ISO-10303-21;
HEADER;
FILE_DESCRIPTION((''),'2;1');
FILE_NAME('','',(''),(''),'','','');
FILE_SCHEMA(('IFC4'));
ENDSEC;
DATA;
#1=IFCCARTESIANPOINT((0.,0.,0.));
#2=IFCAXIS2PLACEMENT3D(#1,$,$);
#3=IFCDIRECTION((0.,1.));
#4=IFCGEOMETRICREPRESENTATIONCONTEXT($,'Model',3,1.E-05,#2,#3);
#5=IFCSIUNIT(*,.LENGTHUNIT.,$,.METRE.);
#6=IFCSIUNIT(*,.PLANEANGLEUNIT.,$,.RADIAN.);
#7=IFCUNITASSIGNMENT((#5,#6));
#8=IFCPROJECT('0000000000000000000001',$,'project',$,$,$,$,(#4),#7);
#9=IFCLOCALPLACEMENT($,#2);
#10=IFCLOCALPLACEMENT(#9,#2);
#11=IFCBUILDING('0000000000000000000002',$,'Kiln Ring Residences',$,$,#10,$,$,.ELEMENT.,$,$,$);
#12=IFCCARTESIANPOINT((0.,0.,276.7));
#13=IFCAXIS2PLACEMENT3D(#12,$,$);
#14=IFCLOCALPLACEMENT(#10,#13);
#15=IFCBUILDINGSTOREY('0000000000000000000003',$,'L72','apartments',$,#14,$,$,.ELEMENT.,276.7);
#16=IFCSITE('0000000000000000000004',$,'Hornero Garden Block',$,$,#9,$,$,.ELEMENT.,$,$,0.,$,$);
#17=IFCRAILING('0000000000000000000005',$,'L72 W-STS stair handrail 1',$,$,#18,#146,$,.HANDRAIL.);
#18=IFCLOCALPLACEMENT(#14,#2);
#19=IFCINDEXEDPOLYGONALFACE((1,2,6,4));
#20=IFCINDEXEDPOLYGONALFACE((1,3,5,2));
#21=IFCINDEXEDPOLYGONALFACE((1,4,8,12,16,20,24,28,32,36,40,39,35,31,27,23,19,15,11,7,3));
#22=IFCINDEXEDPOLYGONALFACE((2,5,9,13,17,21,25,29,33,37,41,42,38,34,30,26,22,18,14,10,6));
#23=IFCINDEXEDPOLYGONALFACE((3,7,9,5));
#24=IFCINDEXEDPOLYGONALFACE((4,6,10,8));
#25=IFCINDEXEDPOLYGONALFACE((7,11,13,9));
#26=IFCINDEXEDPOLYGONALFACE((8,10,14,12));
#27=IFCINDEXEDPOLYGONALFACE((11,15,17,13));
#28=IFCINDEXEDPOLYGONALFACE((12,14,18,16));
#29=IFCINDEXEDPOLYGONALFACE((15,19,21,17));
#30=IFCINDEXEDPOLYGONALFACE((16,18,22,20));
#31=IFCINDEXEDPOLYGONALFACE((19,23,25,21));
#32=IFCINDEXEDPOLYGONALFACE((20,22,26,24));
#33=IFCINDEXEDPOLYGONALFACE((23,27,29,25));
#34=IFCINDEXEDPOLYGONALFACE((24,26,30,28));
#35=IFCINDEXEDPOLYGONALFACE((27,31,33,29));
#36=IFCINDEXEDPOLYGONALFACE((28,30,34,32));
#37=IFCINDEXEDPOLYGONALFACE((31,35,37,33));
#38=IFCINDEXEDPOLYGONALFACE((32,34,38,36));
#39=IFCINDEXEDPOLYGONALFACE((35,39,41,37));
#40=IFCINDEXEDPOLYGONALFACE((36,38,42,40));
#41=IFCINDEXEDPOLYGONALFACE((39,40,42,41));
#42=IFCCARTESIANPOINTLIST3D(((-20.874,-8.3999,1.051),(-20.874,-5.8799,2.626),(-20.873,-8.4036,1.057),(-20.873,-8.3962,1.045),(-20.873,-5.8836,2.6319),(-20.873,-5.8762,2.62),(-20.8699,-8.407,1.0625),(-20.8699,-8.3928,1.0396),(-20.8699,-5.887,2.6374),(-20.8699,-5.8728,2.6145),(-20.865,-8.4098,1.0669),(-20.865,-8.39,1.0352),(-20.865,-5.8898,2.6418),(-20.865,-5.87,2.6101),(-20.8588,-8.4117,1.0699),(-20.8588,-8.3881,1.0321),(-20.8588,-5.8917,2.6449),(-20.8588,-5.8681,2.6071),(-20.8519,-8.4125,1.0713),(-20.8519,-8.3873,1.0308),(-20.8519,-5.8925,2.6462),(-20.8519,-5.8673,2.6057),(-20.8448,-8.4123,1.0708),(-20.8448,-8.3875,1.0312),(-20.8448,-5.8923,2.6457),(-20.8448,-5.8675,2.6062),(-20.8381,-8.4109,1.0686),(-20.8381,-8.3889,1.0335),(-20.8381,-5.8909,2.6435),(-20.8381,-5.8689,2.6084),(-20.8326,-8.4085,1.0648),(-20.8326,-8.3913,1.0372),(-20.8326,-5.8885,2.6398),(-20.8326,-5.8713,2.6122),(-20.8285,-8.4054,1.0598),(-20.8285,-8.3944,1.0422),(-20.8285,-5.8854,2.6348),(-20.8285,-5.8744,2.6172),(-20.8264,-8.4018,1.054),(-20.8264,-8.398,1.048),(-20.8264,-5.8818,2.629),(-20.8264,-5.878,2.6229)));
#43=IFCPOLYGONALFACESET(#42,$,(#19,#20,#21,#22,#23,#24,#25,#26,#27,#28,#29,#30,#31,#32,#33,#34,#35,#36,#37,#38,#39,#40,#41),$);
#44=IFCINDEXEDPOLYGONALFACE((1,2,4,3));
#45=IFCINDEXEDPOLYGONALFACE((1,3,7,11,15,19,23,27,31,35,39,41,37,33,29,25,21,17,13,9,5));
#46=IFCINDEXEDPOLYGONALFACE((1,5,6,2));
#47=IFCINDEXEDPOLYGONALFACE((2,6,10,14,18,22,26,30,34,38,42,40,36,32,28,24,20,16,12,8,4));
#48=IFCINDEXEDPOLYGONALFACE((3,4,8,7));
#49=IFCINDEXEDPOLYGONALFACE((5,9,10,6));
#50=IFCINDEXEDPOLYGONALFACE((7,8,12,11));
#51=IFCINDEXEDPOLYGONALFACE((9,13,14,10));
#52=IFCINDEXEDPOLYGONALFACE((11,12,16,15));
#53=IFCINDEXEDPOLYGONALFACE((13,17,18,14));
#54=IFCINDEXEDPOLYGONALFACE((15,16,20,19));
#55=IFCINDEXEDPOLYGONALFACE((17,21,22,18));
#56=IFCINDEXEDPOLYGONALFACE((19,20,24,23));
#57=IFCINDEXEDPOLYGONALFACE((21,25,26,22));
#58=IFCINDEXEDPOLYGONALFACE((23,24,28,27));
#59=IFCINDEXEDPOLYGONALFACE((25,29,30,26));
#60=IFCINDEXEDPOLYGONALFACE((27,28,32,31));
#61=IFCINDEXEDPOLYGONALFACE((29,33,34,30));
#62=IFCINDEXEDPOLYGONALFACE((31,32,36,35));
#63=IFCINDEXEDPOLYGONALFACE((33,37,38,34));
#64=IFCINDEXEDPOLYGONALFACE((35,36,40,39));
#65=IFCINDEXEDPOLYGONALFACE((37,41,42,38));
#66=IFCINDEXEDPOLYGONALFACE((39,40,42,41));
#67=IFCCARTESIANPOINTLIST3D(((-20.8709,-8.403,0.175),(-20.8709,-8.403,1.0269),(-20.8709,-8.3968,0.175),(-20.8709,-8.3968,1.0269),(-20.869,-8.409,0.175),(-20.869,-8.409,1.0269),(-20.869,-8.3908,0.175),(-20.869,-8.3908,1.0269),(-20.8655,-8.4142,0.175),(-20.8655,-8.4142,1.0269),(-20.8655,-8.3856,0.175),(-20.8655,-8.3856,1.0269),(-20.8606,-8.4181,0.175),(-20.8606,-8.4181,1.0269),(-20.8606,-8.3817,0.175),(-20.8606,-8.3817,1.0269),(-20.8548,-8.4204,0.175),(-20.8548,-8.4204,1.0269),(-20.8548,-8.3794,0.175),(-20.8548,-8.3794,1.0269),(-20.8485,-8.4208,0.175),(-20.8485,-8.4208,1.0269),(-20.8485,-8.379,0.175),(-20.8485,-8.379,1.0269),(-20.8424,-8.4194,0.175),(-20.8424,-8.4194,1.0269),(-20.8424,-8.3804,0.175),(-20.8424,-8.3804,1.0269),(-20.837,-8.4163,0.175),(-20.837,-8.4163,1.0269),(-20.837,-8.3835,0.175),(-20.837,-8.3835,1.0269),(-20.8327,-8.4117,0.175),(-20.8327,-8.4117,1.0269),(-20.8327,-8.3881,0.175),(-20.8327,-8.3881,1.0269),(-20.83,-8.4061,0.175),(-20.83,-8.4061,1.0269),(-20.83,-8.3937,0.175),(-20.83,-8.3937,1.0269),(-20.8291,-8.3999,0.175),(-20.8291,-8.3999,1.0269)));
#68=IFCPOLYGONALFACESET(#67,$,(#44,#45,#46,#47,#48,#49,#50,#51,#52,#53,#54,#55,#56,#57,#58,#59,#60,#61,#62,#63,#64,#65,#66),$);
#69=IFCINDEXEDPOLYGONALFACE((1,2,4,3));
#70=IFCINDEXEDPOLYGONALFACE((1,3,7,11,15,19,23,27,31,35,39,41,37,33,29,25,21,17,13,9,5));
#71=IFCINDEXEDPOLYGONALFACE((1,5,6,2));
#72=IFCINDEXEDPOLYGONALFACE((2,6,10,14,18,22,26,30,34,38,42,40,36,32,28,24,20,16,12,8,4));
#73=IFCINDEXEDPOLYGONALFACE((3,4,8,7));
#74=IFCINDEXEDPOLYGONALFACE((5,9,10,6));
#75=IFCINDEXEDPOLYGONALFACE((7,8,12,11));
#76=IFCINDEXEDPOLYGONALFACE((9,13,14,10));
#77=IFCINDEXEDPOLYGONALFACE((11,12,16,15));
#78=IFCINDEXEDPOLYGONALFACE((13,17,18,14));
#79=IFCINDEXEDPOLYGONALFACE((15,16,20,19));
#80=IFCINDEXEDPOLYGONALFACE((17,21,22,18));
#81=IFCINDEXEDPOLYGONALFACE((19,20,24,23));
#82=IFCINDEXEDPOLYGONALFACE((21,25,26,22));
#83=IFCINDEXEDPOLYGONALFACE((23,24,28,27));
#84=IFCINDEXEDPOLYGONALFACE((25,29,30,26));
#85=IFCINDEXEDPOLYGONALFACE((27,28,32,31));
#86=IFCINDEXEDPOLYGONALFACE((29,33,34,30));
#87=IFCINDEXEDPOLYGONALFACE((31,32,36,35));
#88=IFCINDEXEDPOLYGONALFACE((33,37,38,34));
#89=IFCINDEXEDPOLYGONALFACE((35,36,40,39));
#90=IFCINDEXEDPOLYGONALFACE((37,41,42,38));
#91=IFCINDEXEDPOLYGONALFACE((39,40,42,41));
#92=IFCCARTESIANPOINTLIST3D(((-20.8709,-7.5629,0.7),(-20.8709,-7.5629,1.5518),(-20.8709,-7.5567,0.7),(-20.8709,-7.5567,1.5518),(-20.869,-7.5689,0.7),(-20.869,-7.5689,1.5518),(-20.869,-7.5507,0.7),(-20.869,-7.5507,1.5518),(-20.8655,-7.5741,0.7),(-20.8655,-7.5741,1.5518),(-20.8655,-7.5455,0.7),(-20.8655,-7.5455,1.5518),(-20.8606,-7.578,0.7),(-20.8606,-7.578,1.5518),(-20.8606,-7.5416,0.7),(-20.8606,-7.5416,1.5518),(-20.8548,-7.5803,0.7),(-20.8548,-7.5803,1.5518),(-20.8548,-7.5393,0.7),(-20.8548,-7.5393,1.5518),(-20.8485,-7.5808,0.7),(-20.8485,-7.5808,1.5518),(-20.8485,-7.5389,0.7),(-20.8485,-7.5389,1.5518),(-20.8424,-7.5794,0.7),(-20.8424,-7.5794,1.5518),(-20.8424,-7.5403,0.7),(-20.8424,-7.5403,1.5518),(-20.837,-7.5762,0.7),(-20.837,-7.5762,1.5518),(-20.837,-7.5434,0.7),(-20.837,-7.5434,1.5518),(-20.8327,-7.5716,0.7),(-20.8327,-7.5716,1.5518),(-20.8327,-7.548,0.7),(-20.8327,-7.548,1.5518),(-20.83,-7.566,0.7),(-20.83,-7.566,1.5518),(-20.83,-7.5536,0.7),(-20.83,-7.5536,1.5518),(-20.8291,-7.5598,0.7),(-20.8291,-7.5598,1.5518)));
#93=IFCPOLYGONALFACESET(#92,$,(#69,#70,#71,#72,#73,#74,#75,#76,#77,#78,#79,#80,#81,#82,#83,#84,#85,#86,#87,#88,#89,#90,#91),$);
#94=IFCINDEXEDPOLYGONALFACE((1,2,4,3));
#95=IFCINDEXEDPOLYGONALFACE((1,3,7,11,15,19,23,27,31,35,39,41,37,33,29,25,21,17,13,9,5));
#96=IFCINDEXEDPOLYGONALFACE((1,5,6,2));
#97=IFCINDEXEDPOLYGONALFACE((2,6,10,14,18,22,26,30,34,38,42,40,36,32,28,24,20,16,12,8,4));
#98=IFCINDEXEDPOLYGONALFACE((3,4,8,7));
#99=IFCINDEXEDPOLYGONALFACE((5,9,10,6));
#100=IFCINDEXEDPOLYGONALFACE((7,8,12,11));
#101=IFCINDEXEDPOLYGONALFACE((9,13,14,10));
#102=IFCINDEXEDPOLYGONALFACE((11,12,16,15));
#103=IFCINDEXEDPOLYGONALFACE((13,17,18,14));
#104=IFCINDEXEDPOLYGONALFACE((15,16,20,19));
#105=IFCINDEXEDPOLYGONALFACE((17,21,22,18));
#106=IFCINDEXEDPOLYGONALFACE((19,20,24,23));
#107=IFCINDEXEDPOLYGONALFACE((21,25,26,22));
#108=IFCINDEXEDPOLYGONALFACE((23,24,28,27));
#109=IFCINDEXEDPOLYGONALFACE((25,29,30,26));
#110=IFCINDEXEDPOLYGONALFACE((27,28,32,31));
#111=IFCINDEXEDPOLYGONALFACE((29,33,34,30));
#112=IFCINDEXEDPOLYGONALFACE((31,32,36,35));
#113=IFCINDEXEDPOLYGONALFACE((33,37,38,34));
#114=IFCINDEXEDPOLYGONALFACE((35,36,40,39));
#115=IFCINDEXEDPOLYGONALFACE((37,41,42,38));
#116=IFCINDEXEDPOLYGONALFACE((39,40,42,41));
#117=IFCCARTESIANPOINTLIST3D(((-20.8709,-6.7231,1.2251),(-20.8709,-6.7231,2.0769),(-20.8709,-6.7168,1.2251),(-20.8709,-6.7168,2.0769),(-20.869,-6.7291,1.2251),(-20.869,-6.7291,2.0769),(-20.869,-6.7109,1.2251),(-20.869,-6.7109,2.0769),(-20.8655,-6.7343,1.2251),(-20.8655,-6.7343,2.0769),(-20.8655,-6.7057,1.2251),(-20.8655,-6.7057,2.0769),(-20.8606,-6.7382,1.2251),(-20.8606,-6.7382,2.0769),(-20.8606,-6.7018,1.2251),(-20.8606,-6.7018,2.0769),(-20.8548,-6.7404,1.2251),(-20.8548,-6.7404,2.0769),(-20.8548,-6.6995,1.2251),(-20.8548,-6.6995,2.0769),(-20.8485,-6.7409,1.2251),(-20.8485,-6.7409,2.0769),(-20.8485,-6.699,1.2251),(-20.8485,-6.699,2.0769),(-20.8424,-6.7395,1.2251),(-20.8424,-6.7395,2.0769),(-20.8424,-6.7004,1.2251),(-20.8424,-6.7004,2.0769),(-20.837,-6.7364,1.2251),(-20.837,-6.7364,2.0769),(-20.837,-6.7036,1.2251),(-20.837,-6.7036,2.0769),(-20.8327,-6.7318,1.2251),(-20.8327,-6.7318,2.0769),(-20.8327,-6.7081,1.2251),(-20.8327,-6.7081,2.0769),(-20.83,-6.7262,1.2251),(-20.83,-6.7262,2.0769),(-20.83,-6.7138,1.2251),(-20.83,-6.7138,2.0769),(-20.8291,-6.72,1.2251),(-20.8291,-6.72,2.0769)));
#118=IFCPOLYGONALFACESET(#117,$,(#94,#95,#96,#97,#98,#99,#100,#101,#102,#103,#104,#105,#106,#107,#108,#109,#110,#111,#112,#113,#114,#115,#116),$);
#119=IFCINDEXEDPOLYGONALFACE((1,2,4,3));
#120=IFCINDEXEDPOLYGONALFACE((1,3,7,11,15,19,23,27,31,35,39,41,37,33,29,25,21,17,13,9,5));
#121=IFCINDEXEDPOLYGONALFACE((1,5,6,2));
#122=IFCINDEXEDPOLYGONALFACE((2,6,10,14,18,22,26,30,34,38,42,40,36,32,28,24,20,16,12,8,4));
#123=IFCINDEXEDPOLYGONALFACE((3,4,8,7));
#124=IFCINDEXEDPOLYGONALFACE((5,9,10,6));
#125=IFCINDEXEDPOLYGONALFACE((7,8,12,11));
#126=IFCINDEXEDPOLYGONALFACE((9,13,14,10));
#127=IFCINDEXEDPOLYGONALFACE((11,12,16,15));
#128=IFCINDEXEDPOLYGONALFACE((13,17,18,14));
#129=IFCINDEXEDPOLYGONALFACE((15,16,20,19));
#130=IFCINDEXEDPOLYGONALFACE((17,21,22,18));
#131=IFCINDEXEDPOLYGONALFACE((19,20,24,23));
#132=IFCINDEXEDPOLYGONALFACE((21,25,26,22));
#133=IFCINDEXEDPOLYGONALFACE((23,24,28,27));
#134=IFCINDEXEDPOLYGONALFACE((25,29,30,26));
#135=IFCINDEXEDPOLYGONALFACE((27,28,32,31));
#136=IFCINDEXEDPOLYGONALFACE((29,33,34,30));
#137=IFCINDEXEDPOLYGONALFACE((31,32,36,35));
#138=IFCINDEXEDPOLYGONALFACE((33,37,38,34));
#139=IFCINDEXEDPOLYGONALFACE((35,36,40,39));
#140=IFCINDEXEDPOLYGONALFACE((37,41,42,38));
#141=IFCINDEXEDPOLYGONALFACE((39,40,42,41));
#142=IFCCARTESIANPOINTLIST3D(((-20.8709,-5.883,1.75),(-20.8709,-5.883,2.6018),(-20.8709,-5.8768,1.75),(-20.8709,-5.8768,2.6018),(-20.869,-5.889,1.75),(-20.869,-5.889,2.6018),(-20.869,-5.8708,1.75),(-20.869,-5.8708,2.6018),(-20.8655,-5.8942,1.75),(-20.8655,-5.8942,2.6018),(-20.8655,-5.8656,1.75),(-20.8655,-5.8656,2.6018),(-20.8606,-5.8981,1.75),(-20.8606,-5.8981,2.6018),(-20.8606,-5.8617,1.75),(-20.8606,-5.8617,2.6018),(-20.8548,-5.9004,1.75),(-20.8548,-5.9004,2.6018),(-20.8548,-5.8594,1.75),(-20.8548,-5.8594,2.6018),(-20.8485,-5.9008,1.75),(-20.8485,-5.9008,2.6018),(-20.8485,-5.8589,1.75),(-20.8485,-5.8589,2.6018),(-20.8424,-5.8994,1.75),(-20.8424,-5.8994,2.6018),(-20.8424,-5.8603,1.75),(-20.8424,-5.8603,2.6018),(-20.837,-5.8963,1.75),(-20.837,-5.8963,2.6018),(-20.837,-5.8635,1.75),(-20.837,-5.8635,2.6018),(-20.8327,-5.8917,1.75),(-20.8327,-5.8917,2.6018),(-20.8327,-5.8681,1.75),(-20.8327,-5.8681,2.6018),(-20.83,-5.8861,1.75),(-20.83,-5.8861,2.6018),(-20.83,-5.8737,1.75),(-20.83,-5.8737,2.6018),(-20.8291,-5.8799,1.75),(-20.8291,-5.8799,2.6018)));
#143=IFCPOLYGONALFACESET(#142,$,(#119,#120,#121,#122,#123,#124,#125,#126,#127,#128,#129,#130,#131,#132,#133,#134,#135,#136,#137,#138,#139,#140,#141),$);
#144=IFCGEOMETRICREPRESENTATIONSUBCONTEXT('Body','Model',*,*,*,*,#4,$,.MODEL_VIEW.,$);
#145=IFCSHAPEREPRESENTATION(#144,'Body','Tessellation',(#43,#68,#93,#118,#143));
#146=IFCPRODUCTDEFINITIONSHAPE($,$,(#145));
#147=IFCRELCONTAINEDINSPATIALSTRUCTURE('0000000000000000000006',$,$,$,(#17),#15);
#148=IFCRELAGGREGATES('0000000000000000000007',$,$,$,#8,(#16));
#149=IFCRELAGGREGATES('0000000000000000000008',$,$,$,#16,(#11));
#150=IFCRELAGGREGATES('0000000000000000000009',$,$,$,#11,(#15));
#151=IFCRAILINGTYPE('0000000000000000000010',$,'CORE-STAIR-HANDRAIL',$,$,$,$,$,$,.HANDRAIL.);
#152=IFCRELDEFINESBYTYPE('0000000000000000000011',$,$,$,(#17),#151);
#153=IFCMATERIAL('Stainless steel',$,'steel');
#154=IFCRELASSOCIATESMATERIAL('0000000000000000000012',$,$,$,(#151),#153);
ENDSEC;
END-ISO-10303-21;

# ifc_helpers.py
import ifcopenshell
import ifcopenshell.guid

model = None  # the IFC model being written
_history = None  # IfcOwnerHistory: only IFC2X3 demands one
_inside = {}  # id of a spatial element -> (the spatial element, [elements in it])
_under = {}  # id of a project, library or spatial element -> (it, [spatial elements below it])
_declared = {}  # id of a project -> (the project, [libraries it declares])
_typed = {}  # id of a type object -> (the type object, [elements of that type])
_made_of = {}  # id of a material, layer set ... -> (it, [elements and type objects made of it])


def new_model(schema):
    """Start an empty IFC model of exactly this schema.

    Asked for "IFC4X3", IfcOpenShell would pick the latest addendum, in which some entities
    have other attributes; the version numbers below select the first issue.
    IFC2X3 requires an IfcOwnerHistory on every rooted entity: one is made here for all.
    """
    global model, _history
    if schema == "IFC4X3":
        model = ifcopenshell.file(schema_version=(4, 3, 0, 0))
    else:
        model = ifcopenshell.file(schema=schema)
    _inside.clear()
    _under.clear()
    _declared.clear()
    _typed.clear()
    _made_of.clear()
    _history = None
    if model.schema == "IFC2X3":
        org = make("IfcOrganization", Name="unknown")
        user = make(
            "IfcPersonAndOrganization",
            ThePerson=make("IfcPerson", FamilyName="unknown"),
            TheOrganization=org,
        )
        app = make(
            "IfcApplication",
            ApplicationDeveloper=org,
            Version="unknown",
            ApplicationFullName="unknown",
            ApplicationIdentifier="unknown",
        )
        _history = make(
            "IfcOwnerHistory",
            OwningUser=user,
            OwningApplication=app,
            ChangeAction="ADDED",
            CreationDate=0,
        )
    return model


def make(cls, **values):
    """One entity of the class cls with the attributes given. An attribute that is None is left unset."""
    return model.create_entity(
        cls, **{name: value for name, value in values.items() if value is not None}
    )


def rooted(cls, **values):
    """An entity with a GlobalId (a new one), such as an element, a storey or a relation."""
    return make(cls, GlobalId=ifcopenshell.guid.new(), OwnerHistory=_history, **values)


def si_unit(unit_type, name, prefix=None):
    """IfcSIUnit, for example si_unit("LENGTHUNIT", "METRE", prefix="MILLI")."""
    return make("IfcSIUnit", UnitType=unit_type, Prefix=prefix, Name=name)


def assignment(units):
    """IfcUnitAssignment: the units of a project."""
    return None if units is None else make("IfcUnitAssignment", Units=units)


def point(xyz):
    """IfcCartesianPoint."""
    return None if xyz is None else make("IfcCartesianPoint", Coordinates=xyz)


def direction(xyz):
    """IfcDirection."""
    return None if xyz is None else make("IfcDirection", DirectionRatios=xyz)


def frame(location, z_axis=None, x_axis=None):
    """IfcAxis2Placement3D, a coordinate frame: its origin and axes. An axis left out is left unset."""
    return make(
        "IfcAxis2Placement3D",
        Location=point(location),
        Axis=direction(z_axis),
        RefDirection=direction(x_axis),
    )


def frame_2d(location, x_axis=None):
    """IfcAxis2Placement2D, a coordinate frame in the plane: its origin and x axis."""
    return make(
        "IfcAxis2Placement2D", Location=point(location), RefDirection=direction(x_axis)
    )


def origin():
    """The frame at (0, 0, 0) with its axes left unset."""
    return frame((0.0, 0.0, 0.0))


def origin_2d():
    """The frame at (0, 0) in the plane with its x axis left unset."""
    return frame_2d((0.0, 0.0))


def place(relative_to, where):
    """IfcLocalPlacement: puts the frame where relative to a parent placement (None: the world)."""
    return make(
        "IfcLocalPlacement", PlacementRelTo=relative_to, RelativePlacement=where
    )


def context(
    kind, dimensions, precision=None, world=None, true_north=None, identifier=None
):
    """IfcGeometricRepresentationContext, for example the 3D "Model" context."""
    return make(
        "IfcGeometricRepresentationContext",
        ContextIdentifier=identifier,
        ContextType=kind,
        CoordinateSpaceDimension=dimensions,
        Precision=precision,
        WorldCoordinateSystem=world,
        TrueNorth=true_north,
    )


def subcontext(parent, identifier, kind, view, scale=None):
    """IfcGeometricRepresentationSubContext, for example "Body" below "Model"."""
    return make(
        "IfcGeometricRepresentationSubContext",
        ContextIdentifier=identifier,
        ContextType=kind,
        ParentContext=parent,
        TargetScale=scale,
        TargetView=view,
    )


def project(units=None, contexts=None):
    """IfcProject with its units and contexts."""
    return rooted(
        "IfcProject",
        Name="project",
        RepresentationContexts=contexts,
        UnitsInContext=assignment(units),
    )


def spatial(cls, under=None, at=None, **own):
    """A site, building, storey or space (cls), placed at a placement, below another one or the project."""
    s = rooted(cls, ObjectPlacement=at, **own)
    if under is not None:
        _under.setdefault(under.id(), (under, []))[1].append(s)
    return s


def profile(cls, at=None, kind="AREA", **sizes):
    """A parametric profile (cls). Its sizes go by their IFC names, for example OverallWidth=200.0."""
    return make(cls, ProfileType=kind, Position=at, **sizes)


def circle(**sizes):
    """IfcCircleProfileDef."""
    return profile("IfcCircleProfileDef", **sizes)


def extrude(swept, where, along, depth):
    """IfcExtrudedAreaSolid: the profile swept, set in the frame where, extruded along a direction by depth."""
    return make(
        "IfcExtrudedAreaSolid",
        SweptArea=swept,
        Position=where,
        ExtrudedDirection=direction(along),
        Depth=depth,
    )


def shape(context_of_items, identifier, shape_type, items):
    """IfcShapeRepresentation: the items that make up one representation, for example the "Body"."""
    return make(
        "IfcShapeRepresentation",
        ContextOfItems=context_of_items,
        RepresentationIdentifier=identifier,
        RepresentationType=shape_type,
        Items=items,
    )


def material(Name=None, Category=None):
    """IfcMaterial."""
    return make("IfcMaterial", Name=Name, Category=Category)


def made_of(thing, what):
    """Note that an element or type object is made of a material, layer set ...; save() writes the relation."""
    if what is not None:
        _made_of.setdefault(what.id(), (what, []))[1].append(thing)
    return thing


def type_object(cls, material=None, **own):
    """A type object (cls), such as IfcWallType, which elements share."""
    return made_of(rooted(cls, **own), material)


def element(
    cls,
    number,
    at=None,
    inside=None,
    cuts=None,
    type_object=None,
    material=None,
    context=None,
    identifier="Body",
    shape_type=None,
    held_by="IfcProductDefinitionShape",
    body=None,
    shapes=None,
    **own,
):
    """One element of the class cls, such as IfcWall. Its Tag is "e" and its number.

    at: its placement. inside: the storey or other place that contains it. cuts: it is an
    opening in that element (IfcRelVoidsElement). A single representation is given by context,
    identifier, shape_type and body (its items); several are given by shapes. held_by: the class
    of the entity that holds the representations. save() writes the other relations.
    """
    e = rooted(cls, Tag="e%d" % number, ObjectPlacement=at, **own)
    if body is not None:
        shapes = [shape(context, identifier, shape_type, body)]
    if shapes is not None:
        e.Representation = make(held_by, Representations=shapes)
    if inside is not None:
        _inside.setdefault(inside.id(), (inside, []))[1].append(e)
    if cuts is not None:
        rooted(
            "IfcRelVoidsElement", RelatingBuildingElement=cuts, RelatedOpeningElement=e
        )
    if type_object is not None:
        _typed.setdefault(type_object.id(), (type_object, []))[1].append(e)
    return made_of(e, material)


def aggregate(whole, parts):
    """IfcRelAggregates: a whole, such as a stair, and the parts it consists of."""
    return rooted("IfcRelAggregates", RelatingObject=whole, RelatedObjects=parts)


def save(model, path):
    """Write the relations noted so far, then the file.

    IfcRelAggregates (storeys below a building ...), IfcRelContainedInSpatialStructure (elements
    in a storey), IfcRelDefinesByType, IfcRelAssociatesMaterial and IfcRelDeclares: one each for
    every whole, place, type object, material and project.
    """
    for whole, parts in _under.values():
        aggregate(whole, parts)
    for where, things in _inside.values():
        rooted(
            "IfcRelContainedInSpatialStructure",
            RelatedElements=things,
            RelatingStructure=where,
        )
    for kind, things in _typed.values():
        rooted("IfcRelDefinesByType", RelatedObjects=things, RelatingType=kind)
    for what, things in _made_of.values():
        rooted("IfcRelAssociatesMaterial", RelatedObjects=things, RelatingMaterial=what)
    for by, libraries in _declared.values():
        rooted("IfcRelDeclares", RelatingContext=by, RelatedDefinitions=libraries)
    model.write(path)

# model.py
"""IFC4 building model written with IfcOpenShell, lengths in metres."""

from ifc_helpers import new_model, si_unit, direction, frame, origin, origin_2d, place, context, subcontext, project, spatial, circle, extrude, material, type_object, element, save


model = new_model("IFC4")

# Units and contexts
model_context = context("Model", 3, precision=1e-05, world=origin(), true_north=direction((0.0, 1.0)))
body_context = subcontext(model_context, "Body", "Model", "MODEL_VIEW")
ifc_project = project(units=[si_unit("LENGTHUNIT", "METRE"), si_unit("PLANEANGLEUNIT", "RADIAN")], contexts=[model_context])

# Site, building, storey
site_placement = place(None, origin())
site = spatial("IfcSite", under=ifc_project, at=site_placement, Name="Hornero Garden Block", CompositionType="ELEMENT", RefElevation=0.0)
building_placement = place(site_placement, origin())
building = spatial("IfcBuilding", under=site, at=building_placement, Name="Kiln Ring Residences", CompositionType="ELEMENT")
storey_placement = place(building_placement, frame((0.0, 0.0, 276.7)))
storey = spatial("IfcBuildingStorey", under=building, at=storey_placement, Name="L72", Description="apartments", CompositionType="ELEMENT", Elevation=276.7)

# Railing
ifc_material_1 = material(Name="Stainless steel", Category="steel")
railing_type_1 = type_object("IfcRailingType", Name="CORE-STAIR-HANDRAIL", PredefinedType="HANDRAIL", material=ifc_material_1)
railing_1_placement = place(storey_placement, frame((-20.8501, -8.3999, 0.175)))
element("IfcRailing", 1, at=railing_1_placement, inside=storey, type_object=railing_type_1, Name="L72 W-STS stair handrail 1", PredefinedType="HANDRAIL", context=body_context, shape_type="SweptSolid", body=[
    extrude(circle(Radius=0.0239, at=origin_2d()), frame((0.0, 0.0, 0.876), z_axis=(0.0, 0.848008, 0.529984), x_axis=(-1.0, 0.0, 0.0)), (0.0, 0.0, 1.0), 2.9717),
    extrude(circle(Radius=0.021, at=origin_2d()), origin(), (0.0, 0.0, 1.0), 0.8518),
    extrude(circle(Radius=0.021, at=origin_2d()), frame((0.0, 0.8401, 0.5249)), (0.0, 0.0, 1.0), 0.8518),
    extrude(circle(Radius=0.021, at=origin_2d()), frame((0.0, 1.6799, 1.05)), (0.0, 0.0, 1.0), 0.8518),
    extrude(circle(Radius=0.021, at=origin_2d()), frame((0.0, 2.52, 1.575)), (0.0, 0.0, 1.0), 0.8518),
])

save(model, "model.ifc")
